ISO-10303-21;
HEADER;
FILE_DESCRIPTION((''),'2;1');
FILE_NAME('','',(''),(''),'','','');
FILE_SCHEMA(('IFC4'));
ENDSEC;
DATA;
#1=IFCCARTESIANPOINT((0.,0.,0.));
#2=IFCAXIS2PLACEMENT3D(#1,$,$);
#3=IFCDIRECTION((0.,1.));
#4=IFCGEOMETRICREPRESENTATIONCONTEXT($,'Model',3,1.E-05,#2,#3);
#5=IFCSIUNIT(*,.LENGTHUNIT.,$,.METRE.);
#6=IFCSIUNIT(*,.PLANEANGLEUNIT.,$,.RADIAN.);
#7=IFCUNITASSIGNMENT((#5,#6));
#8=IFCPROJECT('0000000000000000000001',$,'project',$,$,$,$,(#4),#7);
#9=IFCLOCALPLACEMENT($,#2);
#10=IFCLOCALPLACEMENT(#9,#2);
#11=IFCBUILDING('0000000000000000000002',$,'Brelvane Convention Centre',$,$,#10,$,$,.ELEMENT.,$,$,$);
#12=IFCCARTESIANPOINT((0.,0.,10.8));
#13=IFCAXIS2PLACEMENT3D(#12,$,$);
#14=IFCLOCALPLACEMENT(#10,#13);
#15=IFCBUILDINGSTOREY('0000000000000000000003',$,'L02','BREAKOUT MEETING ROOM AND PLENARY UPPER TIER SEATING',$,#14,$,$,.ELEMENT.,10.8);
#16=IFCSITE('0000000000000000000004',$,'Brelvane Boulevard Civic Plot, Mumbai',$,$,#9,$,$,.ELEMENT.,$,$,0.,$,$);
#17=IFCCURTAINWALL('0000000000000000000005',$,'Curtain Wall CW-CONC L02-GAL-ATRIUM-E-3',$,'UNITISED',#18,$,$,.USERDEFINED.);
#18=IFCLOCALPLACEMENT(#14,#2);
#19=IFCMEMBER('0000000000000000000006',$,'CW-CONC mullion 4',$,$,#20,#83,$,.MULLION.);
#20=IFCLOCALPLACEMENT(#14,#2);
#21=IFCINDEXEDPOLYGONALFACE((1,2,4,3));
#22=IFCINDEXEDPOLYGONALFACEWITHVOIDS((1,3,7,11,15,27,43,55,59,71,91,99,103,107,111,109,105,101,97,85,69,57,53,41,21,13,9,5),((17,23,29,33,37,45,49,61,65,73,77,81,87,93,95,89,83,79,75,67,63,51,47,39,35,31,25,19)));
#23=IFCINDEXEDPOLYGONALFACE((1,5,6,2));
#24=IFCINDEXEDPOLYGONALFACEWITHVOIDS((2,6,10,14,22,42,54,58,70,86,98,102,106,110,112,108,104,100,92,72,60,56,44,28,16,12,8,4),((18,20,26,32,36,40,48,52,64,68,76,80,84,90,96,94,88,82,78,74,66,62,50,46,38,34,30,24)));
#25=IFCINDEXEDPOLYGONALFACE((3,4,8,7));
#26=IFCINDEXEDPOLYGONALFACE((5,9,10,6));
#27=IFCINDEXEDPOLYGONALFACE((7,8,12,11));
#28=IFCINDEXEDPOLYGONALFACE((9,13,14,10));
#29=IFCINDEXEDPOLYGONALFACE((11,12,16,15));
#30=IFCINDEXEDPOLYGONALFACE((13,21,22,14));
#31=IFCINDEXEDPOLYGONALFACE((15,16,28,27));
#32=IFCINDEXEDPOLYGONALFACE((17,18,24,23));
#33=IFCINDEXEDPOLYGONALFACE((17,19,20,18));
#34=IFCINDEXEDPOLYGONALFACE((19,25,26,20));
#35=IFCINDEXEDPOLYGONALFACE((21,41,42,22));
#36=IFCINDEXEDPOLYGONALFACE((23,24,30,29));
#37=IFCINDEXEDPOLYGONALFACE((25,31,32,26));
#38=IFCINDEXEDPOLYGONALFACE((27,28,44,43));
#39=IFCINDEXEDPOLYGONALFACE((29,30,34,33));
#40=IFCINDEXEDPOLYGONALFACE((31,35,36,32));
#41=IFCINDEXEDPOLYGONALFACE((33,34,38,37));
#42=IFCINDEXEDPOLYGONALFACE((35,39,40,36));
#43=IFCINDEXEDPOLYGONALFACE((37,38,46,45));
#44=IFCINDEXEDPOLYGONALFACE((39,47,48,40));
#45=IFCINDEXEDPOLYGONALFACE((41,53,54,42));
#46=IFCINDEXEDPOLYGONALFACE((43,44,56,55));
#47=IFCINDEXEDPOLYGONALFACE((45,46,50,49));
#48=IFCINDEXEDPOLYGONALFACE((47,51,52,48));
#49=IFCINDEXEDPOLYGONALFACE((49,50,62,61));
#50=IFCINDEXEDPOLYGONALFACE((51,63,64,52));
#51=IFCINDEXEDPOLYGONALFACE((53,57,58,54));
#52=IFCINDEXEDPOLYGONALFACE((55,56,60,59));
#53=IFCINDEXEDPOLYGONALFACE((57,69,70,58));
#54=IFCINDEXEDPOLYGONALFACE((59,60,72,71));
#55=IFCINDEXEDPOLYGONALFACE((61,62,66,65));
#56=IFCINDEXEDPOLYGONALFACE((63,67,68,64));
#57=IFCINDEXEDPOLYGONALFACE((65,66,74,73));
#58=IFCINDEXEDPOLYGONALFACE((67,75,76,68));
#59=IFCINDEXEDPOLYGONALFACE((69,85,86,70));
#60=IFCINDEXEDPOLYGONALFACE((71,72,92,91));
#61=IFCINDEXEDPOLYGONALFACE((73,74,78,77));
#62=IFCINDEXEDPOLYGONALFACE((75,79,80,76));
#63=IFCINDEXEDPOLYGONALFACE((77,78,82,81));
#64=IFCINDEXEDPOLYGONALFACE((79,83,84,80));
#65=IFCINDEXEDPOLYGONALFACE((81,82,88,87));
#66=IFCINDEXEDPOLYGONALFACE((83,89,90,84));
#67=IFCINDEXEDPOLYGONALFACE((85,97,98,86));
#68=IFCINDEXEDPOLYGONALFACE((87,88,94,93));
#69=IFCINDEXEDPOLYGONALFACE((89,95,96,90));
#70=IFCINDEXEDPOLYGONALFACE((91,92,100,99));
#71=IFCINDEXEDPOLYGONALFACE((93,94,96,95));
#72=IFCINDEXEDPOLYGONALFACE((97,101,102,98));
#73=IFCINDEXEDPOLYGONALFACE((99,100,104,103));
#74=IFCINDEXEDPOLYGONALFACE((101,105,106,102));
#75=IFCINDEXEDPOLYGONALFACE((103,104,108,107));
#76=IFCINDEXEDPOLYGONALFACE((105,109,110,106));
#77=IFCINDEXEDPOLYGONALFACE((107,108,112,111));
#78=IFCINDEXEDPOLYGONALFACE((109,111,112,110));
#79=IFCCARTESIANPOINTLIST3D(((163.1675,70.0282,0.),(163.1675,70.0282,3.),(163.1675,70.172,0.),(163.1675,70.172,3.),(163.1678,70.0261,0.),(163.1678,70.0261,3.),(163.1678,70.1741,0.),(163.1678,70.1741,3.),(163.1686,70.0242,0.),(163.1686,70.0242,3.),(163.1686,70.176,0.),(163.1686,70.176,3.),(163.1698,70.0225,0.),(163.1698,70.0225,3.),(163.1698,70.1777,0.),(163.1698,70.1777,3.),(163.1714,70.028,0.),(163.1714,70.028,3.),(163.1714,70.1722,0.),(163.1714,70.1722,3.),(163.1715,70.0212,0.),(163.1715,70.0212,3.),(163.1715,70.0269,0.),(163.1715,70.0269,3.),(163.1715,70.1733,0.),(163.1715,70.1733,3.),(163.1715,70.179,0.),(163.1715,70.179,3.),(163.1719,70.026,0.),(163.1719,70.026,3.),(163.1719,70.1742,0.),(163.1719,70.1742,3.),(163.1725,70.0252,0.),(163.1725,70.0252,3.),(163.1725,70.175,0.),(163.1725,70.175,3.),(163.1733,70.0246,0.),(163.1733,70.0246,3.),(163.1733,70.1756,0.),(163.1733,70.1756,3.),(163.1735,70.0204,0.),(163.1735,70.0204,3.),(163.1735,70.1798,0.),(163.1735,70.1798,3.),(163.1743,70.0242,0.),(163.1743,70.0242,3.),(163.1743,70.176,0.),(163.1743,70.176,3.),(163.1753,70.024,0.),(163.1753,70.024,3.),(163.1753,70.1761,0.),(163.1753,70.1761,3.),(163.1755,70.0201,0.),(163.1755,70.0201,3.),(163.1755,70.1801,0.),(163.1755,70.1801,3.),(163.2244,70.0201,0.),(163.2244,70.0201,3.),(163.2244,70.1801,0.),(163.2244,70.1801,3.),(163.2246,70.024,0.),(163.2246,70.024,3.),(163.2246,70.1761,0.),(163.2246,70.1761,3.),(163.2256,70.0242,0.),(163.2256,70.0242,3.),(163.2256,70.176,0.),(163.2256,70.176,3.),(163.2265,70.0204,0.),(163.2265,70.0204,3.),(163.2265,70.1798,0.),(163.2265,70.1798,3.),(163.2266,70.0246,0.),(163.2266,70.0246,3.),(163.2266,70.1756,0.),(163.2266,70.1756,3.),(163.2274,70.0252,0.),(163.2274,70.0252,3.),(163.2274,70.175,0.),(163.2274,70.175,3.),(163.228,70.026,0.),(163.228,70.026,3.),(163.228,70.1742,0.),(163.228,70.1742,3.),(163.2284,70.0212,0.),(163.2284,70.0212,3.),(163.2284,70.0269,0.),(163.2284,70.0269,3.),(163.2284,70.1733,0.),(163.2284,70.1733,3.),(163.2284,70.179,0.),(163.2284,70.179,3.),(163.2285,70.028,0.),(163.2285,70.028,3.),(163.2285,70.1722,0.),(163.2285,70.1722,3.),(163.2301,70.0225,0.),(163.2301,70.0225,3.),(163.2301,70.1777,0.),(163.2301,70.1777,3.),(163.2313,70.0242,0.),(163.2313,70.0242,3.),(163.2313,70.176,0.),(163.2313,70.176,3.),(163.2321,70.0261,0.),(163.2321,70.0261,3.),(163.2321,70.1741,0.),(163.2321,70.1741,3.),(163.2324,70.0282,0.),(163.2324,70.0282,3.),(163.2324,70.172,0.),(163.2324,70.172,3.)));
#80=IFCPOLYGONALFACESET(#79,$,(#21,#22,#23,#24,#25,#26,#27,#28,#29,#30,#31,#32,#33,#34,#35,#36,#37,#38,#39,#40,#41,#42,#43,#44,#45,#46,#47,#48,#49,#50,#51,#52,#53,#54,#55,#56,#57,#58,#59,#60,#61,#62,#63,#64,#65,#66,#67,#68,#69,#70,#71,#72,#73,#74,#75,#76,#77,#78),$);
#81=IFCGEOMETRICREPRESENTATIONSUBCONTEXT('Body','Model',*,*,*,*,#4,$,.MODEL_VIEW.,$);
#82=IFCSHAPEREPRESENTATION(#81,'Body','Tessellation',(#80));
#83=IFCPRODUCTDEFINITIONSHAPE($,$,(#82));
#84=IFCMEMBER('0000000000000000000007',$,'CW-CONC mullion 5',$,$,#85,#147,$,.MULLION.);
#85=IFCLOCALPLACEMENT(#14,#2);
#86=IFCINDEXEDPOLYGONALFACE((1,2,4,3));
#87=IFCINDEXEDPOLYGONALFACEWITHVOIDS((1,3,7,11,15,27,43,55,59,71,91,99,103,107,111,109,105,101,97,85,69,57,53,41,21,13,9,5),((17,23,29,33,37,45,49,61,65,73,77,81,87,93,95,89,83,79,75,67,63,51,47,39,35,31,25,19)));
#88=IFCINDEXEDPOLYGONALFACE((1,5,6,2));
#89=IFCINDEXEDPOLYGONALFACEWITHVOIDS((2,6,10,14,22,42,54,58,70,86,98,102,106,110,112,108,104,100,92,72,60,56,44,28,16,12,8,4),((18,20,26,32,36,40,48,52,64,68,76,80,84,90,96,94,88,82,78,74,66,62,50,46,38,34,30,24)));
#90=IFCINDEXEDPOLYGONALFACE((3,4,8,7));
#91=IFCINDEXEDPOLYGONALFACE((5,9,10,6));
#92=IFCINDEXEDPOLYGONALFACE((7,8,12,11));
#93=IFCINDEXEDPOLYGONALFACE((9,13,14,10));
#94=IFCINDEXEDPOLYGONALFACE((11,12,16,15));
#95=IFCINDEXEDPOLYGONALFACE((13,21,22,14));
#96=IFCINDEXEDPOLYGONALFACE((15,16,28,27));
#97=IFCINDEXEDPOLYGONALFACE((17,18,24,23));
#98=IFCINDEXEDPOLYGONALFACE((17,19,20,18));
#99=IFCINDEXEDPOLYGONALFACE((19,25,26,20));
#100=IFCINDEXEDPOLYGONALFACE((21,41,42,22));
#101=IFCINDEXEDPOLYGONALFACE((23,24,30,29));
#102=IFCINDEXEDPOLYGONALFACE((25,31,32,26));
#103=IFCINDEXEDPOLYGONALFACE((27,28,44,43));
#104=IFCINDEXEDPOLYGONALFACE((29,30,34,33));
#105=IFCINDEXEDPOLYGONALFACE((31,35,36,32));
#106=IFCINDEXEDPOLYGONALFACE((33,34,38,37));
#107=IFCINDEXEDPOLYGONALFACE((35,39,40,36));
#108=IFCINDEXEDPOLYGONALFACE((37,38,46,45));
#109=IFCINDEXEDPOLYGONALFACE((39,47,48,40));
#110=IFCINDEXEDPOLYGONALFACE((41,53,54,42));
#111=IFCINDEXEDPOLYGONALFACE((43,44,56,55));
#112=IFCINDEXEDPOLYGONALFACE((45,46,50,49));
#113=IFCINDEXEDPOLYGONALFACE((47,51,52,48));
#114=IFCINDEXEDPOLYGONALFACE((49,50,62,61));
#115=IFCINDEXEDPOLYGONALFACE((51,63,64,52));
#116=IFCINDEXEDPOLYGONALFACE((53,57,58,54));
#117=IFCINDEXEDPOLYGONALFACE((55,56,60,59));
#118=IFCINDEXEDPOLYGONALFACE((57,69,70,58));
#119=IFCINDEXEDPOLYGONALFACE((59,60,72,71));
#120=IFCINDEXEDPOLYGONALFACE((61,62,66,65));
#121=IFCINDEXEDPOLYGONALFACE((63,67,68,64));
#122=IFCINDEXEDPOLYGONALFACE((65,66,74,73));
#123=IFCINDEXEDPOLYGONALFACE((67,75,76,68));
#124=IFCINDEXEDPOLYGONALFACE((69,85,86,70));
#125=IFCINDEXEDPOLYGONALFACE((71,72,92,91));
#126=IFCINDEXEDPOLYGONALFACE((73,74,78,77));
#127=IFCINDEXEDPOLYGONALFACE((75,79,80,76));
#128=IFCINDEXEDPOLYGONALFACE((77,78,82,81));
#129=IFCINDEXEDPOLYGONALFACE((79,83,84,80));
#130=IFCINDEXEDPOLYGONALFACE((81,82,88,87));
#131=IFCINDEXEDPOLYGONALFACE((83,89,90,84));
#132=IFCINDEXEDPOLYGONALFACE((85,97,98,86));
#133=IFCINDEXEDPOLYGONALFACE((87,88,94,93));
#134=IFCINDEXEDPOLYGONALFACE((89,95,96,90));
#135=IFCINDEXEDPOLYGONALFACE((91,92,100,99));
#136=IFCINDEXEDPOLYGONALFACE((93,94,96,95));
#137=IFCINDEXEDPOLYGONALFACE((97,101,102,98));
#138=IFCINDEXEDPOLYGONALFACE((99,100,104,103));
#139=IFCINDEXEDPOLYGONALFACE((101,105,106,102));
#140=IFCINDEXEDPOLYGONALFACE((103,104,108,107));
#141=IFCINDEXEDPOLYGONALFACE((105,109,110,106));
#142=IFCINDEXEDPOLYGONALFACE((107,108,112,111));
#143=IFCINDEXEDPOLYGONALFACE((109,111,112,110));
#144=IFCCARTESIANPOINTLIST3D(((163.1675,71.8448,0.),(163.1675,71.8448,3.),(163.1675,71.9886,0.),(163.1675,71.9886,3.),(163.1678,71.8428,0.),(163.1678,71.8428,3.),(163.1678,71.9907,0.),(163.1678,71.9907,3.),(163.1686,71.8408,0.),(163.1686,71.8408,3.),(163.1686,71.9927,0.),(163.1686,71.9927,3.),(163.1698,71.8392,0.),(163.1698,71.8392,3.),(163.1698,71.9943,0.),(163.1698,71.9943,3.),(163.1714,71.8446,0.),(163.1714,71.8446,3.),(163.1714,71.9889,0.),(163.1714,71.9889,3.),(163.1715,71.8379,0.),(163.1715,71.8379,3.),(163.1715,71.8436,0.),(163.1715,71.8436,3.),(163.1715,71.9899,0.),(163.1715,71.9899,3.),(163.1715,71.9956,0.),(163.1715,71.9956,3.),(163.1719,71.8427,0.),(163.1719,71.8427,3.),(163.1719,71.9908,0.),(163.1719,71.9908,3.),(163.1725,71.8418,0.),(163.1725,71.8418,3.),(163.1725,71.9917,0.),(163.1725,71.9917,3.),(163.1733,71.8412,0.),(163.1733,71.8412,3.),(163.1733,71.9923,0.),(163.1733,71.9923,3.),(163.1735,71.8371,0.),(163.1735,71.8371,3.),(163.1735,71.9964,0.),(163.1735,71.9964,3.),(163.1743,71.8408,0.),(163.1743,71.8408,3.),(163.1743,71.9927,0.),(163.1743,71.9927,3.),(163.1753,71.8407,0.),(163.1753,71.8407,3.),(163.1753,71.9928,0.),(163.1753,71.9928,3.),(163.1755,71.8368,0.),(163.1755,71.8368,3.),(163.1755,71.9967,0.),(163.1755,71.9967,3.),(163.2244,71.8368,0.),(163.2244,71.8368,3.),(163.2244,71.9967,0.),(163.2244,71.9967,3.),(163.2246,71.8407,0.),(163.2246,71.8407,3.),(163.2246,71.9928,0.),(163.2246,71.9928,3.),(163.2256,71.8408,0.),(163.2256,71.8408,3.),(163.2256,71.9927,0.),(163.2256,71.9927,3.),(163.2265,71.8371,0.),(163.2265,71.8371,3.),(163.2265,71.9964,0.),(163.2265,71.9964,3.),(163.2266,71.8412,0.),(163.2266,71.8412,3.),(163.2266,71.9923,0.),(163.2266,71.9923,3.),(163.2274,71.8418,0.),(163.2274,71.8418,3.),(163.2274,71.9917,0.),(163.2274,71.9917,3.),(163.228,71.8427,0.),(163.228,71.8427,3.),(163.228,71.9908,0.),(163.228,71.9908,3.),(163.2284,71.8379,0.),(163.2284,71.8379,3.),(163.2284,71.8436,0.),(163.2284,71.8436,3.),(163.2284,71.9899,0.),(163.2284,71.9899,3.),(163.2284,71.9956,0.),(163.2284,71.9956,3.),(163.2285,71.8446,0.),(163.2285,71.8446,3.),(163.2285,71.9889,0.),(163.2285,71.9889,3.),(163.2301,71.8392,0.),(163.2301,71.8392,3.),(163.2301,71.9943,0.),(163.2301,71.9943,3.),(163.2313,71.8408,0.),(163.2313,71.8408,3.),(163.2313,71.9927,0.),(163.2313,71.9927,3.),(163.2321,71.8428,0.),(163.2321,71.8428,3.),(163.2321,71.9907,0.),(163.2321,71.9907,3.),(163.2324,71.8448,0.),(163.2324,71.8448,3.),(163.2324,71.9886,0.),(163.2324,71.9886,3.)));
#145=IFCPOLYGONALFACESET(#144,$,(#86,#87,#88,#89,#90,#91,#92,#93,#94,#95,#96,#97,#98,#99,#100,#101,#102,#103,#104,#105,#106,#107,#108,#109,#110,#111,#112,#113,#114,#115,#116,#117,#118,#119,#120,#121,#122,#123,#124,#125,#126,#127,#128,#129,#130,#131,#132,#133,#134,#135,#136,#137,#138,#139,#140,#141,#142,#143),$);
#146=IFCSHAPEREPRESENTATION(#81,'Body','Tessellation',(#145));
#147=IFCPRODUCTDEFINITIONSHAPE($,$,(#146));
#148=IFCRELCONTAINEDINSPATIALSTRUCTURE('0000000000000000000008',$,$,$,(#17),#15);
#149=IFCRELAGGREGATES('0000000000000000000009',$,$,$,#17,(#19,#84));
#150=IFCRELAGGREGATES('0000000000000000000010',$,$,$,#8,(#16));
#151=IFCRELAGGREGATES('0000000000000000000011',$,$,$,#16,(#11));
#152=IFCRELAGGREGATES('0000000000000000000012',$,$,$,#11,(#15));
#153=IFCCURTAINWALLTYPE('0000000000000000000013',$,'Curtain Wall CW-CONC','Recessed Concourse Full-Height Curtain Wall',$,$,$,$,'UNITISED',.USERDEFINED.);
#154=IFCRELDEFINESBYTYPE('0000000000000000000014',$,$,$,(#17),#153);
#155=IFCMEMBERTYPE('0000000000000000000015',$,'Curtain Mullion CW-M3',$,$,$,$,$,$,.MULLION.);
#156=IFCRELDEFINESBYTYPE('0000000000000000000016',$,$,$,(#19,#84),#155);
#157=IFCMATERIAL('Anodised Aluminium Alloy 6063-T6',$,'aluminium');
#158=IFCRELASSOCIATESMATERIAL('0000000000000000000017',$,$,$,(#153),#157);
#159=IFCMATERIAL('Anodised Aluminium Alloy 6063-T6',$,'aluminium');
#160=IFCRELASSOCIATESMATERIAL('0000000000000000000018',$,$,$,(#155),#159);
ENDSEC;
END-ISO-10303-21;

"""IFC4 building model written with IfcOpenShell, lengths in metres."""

from ifc_helpers import new_model, si_unit, direction, frame, origin, origin_2d, place, context, subcontext, project, spatial, hollow_rectangle, extrude, material, material_profile, profile_set, type_object, element, aggregate, save


model = new_model("IFC4")

# Units and contexts
model_context = context("Model", 3, precision=1e-05, world=origin(), true_north=direction((0.0, 1.0)))
body_context = subcontext(model_context, "Body", "Model", "MODEL_VIEW")
ifc_project = project(units=[si_unit("LENGTHUNIT", "METRE"), si_unit("PLANEANGLEUNIT", "RADIAN")], contexts=[model_context])

# Site, building, storey
site_placement = place(None, origin())
site = spatial("IfcSite", under=ifc_project, at=site_placement, Name="Brelvane Boulevard Civic Plot, Mumbai", CompositionType="ELEMENT", RefElevation=0.0)
building_placement = place(site_placement, origin())
building = spatial("IfcBuilding", under=site, at=building_placement, Name="Brelvane Convention Centre", CompositionType="ELEMENT")
storey_placement = place(building_placement, frame((0.0, 0.0, 10.8)))
storey = spatial("IfcBuildingStorey", under=building, at=storey_placement, Name="L02", Description="BREAKOUT MEETING ROOM AND PLENARY UPPER TIER SEATING", CompositionType="ELEMENT", Elevation=10.8)

# Curtain wall, members
ifc_material_1 = material(Name="Anodised Aluminium Alloy 6063-T6", Category="aluminium")
curtain_wall_type = type_object("IfcCurtainWallType", Name="Curtain Wall CW-CONC", Description="Recessed Concourse Full-Height Curtain Wall", ElementType="UNITISED", PredefinedType="USERDEFINED", material=ifc_material_1)
curtain_wall_placement = place(storey_placement, origin())
curtain_wall = element("IfcCurtainWall", 1, at=curtain_wall_placement, inside=storey, type_object=curtain_wall_type, Name="Curtain Wall CW-CONC L02-GAL-ATRIUM-E-3", ObjectType="UNITISED", PredefinedType="USERDEFINED")
ifc_material_2 = material(Name="Anodised Aluminium Alloy 6063-T6", Category="aluminium")
ifc_material_profile_1 = material_profile(ifc_material_2, hollow_rectangle(XDim=0.0649, YDim=0.1599, WallThickness=0.0039, InnerFilletRadius=0.0039, OuterFilletRadius=0.0081, at=origin_2d()), Name="ALU-M 160x65x4.0")
ifc_profile_set_1 = profile_set([ifc_material_profile_1], Name="Anodised Aluminium Alloy 6063-T6")
member_type_1 = type_object("IfcMemberType", Name="Curtain Mullion CW-M3", PredefinedType="MULLION", material=ifc_profile_set_1)
member_1_placement = place(storey_placement, frame((163.2, 70.1001, 0.0), z_axis=(0.0, 0.0, 1.0), x_axis=(-1.0, 0.0, 0.0)))
member_1 = element("IfcMember", 2, at=member_1_placement, type_object=member_type_1, Name="CW-CONC mullion 4", PredefinedType="MULLION", context=body_context, shape_type="SweptSolid", body=[
    extrude(hollow_rectangle(XDim=0.0649, YDim=0.1599, WallThickness=0.0039, InnerFilletRadius=0.0039, OuterFilletRadius=0.0081, at=origin_2d()), origin(), (0.0, 0.0, 1.0), 3.0),
])
member_2_placement = place(storey_placement, frame((163.2, 71.9167, 0.0), z_axis=(0.0, 0.0, 1.0), x_axis=(-1.0, 0.0, 0.0)))
member_2 = element("IfcMember", 3, at=member_2_placement, type_object=member_type_1, Name="CW-CONC mullion 5", PredefinedType="MULLION", context=body_context, shape_type="SweptSolid", body=[
    extrude(hollow_rectangle(XDim=0.0649, YDim=0.1599, WallThickness=0.0039, InnerFilletRadius=0.0039, OuterFilletRadius=0.0081, at=origin_2d()), origin(), (0.0, 0.0, 1.0), 3.0),
])

aggregate(curtain_wall, [member_1, member_2])

save(model, "model.ifc")
